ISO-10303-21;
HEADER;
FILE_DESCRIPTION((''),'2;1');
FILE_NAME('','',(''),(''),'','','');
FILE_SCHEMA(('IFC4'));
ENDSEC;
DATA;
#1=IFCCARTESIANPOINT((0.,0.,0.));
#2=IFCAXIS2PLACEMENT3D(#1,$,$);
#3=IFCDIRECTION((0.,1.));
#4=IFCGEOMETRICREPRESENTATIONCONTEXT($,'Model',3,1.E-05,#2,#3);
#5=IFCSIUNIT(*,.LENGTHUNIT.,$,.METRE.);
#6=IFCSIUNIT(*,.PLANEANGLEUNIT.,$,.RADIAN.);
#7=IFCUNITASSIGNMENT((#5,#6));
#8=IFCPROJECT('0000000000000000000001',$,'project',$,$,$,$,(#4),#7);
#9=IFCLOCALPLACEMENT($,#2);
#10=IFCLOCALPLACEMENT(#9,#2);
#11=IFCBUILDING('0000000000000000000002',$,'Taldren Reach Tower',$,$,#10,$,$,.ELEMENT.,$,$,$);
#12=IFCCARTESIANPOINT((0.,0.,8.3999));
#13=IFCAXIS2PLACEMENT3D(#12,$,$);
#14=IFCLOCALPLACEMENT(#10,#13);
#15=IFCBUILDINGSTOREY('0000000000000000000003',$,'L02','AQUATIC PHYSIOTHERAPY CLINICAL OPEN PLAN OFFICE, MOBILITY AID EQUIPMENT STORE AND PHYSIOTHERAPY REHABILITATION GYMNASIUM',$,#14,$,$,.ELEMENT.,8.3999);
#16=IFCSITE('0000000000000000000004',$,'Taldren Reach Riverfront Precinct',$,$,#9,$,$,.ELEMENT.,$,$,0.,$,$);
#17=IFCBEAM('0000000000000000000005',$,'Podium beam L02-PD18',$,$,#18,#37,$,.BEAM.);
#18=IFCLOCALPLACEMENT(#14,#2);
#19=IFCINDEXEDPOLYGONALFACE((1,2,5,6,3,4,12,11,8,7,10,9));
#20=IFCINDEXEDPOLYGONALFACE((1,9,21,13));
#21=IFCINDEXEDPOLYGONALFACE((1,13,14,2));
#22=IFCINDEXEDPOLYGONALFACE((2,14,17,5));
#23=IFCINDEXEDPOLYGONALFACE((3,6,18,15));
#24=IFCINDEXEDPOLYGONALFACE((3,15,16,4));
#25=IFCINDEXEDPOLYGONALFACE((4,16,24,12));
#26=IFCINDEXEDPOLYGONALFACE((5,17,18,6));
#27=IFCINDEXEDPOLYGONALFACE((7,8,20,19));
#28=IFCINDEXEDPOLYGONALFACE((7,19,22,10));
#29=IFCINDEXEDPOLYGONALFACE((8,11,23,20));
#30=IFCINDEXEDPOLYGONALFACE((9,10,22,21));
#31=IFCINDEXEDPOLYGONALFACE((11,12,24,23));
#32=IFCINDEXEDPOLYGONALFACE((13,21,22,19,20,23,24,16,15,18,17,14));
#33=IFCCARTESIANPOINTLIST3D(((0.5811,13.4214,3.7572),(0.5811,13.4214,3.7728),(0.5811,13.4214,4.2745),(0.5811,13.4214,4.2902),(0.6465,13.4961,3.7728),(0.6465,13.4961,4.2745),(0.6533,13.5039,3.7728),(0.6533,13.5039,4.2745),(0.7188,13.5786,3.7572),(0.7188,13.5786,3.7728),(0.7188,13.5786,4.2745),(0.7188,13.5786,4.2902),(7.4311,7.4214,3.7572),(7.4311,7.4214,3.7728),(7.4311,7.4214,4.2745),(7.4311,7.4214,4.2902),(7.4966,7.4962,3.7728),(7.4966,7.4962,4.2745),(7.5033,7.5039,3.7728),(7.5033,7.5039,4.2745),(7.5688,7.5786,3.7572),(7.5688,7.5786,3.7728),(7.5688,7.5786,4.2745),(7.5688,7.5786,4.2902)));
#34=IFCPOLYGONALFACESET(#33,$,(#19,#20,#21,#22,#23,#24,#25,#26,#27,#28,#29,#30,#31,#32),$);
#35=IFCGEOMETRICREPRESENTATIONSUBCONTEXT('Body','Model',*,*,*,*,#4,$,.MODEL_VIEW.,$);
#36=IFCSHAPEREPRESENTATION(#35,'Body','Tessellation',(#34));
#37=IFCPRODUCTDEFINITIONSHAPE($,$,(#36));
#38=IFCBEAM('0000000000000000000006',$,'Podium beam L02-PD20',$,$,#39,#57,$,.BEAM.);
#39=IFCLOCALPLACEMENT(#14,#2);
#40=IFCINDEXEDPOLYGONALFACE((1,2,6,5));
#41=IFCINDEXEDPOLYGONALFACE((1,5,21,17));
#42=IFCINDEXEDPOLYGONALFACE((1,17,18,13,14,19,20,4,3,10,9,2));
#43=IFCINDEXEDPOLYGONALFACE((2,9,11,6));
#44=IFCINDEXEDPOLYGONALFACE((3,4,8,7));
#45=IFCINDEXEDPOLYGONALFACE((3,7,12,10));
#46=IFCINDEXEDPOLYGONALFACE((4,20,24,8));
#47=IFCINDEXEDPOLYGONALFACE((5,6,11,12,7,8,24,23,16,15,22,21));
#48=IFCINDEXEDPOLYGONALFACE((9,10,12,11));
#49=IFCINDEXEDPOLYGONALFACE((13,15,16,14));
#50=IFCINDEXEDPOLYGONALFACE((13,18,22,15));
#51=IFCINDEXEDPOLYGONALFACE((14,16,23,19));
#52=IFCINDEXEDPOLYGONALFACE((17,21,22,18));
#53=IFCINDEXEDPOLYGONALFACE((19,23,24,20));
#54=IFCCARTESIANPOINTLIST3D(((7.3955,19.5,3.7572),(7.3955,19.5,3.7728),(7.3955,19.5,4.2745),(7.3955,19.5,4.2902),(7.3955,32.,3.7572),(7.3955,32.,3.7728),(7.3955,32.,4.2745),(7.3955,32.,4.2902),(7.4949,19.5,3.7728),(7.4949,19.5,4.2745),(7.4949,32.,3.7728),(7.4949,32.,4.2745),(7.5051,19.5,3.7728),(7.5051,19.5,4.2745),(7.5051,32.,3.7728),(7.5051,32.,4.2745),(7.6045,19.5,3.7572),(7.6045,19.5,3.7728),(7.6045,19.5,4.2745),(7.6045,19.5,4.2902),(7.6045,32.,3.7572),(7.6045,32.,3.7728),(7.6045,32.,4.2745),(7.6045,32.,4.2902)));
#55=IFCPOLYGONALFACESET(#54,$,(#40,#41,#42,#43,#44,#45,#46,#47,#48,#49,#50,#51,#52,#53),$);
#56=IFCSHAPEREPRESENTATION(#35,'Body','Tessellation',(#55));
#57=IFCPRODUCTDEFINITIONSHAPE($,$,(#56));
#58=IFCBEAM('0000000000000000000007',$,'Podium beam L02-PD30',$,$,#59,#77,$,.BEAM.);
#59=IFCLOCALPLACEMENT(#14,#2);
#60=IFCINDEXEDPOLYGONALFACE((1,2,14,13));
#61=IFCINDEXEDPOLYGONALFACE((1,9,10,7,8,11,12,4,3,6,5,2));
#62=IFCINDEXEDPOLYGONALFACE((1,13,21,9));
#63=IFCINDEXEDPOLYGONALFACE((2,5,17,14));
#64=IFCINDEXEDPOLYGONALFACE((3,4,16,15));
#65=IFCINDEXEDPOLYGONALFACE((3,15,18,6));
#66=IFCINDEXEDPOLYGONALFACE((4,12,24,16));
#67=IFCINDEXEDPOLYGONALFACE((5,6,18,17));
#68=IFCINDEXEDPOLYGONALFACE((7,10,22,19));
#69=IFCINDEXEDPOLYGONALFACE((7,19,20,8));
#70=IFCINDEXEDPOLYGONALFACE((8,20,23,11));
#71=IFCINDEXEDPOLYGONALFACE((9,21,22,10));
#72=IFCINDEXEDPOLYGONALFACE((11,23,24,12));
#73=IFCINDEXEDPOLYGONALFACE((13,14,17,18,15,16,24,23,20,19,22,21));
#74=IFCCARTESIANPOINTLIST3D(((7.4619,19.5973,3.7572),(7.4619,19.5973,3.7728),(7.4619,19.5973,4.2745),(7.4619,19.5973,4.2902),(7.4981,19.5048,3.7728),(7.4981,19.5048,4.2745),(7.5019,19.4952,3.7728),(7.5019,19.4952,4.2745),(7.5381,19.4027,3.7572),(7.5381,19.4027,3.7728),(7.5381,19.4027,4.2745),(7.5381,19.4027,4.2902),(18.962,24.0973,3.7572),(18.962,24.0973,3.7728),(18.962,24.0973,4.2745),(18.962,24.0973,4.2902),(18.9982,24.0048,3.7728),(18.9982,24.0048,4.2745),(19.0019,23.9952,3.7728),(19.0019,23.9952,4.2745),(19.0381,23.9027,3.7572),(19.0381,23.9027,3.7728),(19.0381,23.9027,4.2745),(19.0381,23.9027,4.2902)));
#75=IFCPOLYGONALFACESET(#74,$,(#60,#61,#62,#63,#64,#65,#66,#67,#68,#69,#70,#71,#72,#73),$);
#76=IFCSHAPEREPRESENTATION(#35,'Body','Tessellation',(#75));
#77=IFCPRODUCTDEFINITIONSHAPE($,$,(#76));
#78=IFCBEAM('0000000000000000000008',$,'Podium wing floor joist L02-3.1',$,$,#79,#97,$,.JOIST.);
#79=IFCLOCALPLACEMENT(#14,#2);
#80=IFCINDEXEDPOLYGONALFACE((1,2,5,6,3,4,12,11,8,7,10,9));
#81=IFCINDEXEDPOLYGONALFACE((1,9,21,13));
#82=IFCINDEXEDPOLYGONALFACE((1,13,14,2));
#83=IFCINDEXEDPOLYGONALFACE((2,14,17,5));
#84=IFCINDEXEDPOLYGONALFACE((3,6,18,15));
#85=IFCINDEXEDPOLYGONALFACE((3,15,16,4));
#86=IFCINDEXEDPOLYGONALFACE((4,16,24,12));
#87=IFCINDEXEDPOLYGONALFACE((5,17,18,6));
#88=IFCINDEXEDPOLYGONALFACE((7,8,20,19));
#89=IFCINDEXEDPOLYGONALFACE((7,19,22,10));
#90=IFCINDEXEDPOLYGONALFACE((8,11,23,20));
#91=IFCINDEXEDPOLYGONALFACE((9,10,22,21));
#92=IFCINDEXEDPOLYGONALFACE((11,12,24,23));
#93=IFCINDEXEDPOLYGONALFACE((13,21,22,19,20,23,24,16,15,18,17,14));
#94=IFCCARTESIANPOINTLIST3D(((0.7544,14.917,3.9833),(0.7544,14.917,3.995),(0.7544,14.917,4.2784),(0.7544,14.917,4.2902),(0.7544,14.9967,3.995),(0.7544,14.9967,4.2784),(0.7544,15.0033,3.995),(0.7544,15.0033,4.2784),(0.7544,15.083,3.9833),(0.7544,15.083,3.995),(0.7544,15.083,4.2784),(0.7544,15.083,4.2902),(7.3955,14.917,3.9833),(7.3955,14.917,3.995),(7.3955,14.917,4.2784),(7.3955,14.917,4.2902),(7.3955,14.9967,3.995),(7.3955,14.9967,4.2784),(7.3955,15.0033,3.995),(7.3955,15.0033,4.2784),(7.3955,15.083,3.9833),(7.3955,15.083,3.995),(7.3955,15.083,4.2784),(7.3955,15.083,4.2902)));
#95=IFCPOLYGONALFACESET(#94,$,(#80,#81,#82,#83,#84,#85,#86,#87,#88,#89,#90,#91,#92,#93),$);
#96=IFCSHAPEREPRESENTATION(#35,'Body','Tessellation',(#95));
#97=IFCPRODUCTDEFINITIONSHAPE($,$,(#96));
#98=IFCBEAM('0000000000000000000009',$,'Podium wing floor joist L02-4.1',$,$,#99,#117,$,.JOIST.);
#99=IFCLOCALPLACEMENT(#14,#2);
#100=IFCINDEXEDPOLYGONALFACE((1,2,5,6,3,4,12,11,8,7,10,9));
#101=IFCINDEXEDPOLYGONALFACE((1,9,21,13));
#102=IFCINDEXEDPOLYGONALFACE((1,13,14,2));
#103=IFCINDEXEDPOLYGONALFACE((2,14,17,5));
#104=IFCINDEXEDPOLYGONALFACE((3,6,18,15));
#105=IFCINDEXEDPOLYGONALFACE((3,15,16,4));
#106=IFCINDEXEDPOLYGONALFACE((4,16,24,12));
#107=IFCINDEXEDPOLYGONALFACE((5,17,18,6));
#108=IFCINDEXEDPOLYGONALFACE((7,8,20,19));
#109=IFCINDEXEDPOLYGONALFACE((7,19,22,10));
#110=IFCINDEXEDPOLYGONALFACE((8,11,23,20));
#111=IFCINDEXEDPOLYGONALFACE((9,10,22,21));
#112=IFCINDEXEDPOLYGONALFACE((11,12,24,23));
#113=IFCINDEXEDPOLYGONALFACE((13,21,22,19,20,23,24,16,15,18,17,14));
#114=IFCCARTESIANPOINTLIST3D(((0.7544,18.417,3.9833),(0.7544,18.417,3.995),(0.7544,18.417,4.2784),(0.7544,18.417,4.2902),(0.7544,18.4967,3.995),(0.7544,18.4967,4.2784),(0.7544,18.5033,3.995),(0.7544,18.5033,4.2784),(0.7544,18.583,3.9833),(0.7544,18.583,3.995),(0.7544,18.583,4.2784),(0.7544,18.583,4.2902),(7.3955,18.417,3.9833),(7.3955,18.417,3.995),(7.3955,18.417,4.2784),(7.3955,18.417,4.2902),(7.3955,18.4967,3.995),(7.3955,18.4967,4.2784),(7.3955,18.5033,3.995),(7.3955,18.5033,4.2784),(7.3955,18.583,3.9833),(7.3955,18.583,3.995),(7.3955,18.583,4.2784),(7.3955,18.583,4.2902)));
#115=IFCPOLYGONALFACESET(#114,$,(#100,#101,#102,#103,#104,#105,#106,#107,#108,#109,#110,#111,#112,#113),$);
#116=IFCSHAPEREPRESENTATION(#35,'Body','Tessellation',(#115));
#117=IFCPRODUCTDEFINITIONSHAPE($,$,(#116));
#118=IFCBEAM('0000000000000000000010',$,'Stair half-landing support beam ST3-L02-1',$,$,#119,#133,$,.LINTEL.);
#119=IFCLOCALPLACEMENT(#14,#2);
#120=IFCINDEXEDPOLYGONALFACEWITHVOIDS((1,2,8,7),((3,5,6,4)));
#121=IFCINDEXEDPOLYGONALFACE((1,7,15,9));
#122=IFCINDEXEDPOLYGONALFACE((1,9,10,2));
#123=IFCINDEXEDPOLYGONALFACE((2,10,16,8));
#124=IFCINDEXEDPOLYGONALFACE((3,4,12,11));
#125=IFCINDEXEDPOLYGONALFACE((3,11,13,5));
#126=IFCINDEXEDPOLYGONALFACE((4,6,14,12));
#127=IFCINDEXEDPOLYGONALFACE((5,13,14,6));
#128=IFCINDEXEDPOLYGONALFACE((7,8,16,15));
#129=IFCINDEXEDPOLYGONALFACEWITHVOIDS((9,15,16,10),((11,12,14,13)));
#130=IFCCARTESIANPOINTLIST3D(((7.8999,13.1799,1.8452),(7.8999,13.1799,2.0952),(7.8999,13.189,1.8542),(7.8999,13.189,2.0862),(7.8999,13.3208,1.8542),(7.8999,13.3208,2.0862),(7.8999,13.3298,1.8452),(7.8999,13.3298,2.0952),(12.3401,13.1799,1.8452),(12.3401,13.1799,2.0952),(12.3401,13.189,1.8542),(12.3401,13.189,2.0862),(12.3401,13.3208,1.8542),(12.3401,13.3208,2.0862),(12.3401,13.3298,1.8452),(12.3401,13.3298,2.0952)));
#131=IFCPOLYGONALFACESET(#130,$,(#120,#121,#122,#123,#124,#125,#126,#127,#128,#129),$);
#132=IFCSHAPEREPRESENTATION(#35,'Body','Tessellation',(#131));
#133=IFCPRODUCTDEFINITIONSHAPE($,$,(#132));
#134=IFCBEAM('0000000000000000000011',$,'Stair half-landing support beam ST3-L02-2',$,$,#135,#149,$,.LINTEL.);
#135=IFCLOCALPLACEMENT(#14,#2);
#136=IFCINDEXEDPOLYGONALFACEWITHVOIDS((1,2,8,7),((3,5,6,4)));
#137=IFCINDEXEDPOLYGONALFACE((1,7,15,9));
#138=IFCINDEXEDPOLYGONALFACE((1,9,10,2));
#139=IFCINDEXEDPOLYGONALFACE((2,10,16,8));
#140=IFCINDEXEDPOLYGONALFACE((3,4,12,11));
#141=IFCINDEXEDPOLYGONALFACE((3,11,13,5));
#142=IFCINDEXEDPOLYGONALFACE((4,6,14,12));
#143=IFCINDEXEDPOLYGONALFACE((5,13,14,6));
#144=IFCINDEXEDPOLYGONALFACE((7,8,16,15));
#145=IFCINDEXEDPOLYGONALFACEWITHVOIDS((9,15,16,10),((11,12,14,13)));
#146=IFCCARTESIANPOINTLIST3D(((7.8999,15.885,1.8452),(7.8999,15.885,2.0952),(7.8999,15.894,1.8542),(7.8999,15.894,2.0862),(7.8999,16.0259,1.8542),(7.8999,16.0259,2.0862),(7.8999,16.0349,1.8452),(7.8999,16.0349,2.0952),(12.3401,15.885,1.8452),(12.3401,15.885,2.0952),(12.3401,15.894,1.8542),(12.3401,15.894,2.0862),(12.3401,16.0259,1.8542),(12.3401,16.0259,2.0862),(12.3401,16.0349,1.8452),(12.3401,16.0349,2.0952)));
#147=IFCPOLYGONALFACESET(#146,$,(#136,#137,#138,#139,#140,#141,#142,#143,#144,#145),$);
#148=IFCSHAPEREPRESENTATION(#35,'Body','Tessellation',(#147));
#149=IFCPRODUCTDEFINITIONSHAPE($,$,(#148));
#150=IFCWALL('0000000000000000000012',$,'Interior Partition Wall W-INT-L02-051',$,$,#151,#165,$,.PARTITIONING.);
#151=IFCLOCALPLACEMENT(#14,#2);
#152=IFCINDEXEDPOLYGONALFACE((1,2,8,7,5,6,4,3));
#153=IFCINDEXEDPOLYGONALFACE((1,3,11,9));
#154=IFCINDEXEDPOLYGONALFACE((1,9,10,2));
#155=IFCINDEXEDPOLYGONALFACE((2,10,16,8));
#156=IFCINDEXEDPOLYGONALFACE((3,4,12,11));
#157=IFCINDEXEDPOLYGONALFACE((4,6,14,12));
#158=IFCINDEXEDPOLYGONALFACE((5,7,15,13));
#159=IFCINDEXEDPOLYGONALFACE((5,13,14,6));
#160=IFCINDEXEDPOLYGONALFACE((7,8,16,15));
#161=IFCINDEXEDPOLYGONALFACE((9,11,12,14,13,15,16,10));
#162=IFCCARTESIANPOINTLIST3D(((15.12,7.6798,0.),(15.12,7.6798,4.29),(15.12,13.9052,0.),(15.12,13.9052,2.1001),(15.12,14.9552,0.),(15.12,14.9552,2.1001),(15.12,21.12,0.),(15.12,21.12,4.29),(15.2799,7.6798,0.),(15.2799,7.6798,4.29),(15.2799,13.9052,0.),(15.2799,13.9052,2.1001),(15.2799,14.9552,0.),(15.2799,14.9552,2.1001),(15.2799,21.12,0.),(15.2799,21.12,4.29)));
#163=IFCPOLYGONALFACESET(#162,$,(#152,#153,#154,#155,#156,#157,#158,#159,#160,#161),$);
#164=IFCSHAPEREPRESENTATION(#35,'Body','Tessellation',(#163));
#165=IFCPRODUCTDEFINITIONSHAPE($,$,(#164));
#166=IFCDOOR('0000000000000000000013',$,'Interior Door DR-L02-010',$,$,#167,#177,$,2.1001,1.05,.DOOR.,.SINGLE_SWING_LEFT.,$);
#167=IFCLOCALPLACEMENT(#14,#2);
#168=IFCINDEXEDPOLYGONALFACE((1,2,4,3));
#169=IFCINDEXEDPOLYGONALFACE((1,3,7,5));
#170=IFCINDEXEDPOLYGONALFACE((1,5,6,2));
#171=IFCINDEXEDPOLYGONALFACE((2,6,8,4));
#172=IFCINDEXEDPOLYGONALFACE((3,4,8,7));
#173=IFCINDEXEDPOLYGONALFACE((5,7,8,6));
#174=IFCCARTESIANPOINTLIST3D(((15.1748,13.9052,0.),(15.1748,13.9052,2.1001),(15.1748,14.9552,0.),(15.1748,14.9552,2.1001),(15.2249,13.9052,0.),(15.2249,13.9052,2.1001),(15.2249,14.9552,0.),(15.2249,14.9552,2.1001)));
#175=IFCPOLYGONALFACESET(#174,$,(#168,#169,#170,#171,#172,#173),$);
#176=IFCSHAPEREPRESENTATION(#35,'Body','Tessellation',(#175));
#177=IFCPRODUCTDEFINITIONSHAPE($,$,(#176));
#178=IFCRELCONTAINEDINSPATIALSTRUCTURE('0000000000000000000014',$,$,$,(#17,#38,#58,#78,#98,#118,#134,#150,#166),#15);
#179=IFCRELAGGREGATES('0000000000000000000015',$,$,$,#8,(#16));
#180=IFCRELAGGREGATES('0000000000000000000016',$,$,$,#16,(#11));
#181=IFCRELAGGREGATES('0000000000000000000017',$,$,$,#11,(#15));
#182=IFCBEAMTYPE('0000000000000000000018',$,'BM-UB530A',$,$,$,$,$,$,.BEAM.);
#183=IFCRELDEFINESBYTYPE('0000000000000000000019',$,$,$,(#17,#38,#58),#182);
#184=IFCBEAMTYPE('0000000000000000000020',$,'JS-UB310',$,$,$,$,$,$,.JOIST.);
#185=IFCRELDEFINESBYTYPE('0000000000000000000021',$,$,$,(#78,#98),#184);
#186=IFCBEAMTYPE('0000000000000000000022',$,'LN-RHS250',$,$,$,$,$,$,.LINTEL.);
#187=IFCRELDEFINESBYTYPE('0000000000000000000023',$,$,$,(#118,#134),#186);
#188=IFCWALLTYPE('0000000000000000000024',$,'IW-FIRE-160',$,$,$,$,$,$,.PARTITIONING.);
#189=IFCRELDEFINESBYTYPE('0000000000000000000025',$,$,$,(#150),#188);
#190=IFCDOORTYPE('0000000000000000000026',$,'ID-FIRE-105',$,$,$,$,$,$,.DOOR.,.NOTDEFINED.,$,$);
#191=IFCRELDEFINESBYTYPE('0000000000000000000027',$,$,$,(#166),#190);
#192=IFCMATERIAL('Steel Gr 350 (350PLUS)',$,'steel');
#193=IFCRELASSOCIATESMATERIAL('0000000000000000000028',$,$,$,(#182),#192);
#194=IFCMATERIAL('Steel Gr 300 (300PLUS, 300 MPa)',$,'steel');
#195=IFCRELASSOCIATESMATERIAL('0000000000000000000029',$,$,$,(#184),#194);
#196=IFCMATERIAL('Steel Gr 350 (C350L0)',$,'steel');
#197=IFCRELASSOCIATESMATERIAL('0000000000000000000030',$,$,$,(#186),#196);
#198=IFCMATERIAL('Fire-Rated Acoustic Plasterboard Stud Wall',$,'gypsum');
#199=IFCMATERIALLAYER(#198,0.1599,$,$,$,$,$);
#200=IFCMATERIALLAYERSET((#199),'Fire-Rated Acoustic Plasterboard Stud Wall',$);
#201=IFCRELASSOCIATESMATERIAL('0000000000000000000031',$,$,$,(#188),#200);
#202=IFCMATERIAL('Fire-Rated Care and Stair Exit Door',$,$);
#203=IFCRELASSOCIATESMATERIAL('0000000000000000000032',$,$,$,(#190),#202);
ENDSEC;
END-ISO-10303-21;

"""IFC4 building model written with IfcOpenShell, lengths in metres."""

from ifc_helpers import new_model, si_unit, direction, frame, frame_2d, origin, origin_2d, place, context, subcontext, project, spatial, rectangle, hollow_rectangle, i_section, extrude, source, transform, mapped, material, layer, layer_set, material_profile, profile_set, type_object, element, fill, save


model = new_model("IFC4")

# Units and contexts
model_context = context("Model", 3, precision=1e-05, world=origin(), true_north=direction((0.0, 1.0)))
body_context = subcontext(model_context, "Body", "Model", "MODEL_VIEW")
ifc_project = project(units=[si_unit("LENGTHUNIT", "METRE"), si_unit("PLANEANGLEUNIT", "RADIAN")], contexts=[model_context])

# Site, building, storey
site_placement = place(None, origin())
site = spatial("IfcSite", under=ifc_project, at=site_placement, Name="Taldren Reach Riverfront Precinct", CompositionType="ELEMENT", RefElevation=0.0)
building_placement = place(site_placement, origin())
building = spatial("IfcBuilding", under=site, at=building_placement, Name="Taldren Reach Tower", CompositionType="ELEMENT")
storey_placement = place(building_placement, frame((0.0, 0.0, 8.3999)))
storey = spatial("IfcBuildingStorey", under=building, at=storey_placement, Name="L02", Description="AQUATIC PHYSIOTHERAPY CLINICAL OPEN PLAN OFFICE, MOBILITY AID EQUIPMENT STORE AND PHYSIOTHERAPY REHABILITATION GYMNASIUM", CompositionType="ELEMENT", Elevation=8.3999)

# Shared definitions
ifc_material_1 = material(Name="Steel Gr 350 (350PLUS)", Category="steel")
ifc_material_2 = material(Name="Steel Gr 350 (C350L0)", Category="steel")

# Beams
ifc_material_profile_1 = material_profile(ifc_material_1, i_section(OverallWidth=0.209, OverallDepth=0.533, WebThickness=0.0103, FlangeThickness=0.0156, at=origin_2d()), Name="530UB92.4")
ifc_profile_set_1 = profile_set([ifc_material_profile_1], Name="Steel Gr 350 (350PLUS)")
beam_type_1 = type_object("IfcBeamType", Name="BM-UB530A", PredefinedType="BEAM", material=ifc_profile_set_1)
shared_shape_1 = source(origin(), body_context, "Body", "SweptSolid", [
    extrude(i_section(OverallWidth=0.209, OverallDepth=0.533, WebThickness=0.0103, FlangeThickness=0.0156, at=origin_2d()), origin(), (0.0, 0.0, 1.0), 9.1062),
])
beam_1_placement = place(storey_placement, frame((0.6499, 13.5, 4.0237), z_axis=(0.752241, -0.658888, 0.0), x_axis=(0.658888, 0.752241, 0.0)))
element("IfcBeam", 1, at=beam_1_placement, inside=storey, type_object=beam_type_1, Name="Podium beam L02-PD18", PredefinedType="BEAM", context=body_context, shape_type="MappedRepresentation", body=[
    mapped(shared_shape_1, transform((0.0, 0.0, 0.0), scale=1.0)),
])
shared_shape_2 = source(origin(), body_context, "Body", "SweptSolid", [
    extrude(i_section(OverallWidth=0.209, OverallDepth=0.533, WebThickness=0.0103, FlangeThickness=0.0156, at=origin_2d()), origin(), (0.0, 0.0, 1.0), 12.5),
])
beam_2_placement = place(storey_placement, frame((7.5, 19.5, 4.0237), z_axis=(0.0, 1.0, 0.0), x_axis=(-1.0, 0.0, 0.0)))
element("IfcBeam", 2, at=beam_2_placement, inside=storey, type_object=beam_type_1, Name="Podium beam L02-PD20", PredefinedType="BEAM", context=body_context, shape_type="MappedRepresentation", body=[
    mapped(shared_shape_2, transform((0.0, 0.0, 0.0), scale=1.0)),
])
shared_shape_3 = source(origin(), body_context, "Body", "SweptSolid", [
    extrude(i_section(OverallWidth=0.209, OverallDepth=0.533, WebThickness=0.0103, FlangeThickness=0.0156, at=origin_2d()), origin(), (0.0, 0.0, 1.0), 12.3491),
])
beam_3_placement = place(storey_placement, frame((7.5, 19.5, 4.0237), z_axis=(0.931243, 0.364399, 0.0), x_axis=(-0.364399, 0.931243, 0.0)))
element("IfcBeam", 3, at=beam_3_placement, inside=storey, type_object=beam_type_1, Name="Podium beam L02-PD30", PredefinedType="BEAM", context=body_context, shape_type="MappedRepresentation", body=[
    mapped(shared_shape_3, transform((0.0, 0.0, 0.0), scale=1.0)),
])
ifc_material_3 = material(Name="Steel Gr 300 (300PLUS, 300 MPa)", Category="steel")
ifc_material_profile_2 = material_profile(ifc_material_3, i_section(OverallWidth=0.166, OverallDepth=0.3069, WebThickness=0.0066, FlangeThickness=0.0117, at=origin_2d()), Name="310UB46.2")
ifc_profile_set_2 = profile_set([ifc_material_profile_2], Name="Steel Gr 300 (300PLUS, 300 MPa)")
beam_type_2 = type_object("IfcBeamType", Name="JS-UB310", PredefinedType="JOIST", material=ifc_profile_set_2)
shared_shape_4 = source(origin(), body_context, "Body", "SweptSolid", [
    extrude(i_section(OverallWidth=0.166, OverallDepth=0.3069, WebThickness=0.0066, FlangeThickness=0.0117, at=origin_2d()), origin(), (0.0, 0.0, 1.0), 6.6411),
])
for number, where, z_axis, x_axis, name in (
    (4, (0.7544, 15.0, 4.1367), (1.0, 0.0, 0.0), (0.0, 1.0, 0.0), "Podium wing floor joist L02-3.1"),
    (5, (0.7544, 18.5, 4.1367), (1.0, 0.0, 0.0), (0.0, 1.0, 0.0), "Podium wing floor joist L02-4.1"),
):
    element("IfcBeam", number, at=place(storey_placement, frame(where, z_axis=z_axis, x_axis=x_axis)), inside=storey, type_object=beam_type_2, Name=name, PredefinedType="JOIST", context=body_context, shape_type="MappedRepresentation", body=[
        mapped(shared_shape_4, transform((0.0, 0.0, 0.0), scale=1.0)),
    ])
ifc_material_profile_3 = material_profile(ifc_material_2, hollow_rectangle(XDim=0.1499, YDim=0.25, WallThickness=0.009, at=origin_2d()), Name="250x150x9.0RHS")
ifc_profile_set_3 = profile_set([ifc_material_profile_3], Name="Steel Gr 350 (C350L0)")
beam_type_3 = type_object("IfcBeamType", Name="LN-RHS250", PredefinedType="LINTEL", material=ifc_profile_set_3)
shared_shape_5 = source(origin(), body_context, "Body", "SweptSolid", [
    extrude(hollow_rectangle(XDim=0.1499, YDim=0.25, WallThickness=0.009, at=origin_2d()), origin(), (0.0, 0.0, 1.0), 4.4402),
])
for number, where, z_axis, x_axis, name in (
    (6, (7.8999, 13.2549, 1.9702), (1.0, 0.0, 0.0), (0.0, 1.0, 0.0), "Stair half-landing support beam ST3-L02-1"),
    (7, (7.8999, 15.96, 1.9702), (1.0, 0.0, 0.0), (0.0, 1.0, 0.0), "Stair half-landing support beam ST3-L02-2"),
):
    element("IfcBeam", number, at=place(storey_placement, frame(where, z_axis=z_axis, x_axis=x_axis)), inside=storey, type_object=beam_type_3, Name=name, PredefinedType="LINTEL", context=body_context, shape_type="MappedRepresentation", body=[
        mapped(shared_shape_5, transform((0.0, 0.0, 0.0), scale=1.0)),
    ])

# Wall, opening, door
ifc_material_4 = material(Name="Fire-Rated Acoustic Plasterboard Stud Wall", Category="gypsum")
ifc_layer_1 = layer(ifc_material_4, 0.1599)
ifc_layer_set_1 = layer_set([ifc_layer_1], Name="Fire-Rated Acoustic Plasterboard Stud Wall")
wall_type_1 = type_object("IfcWallType", Name="IW-FIRE-160", PredefinedType="PARTITIONING", material=ifc_layer_set_1)
shared_shape_6 = source(origin(), body_context, "Body", "SweptSolid", [
    extrude(rectangle(XDim=13.4402, YDim=0.1599, at=frame_2d((6.7202, 0.0))), origin(), (0.0, 0.0, 1.0), 4.29),
])
wall_1_placement = place(storey_placement, frame((15.2, 21.1201, 0.0), z_axis=(0.0, 0.0, 1.0), x_axis=(0.0, -1.0, 0.0)))
wall_1 = element("IfcWall", 8, at=wall_1_placement, inside=storey, type_object=wall_type_1, Name="Interior Partition Wall W-INT-L02-051", PredefinedType="PARTITIONING", context=body_context, shape_type="MappedRepresentation", body=[
    mapped(shared_shape_6, transform((0.0, 0.0, 0.0), scale=1.0)),
])
shared_shape_7 = source(origin(), body_context, "Body", "SweptSolid", [
    extrude(rectangle(XDim=1.05, YDim=2.1001, at=frame_2d((0.5249, 1.05))), frame((0.0, 0.0898, 0.0), z_axis=(0.0, -1.0, 0.0), x_axis=(1.0, 0.0, 0.0)), (0.0, 0.0, 1.0), 0.1799),
])
opening_1_placement = place(wall_1_placement, frame((6.165, 0.0, 0.0)))
opening_1 = element("IfcOpeningElement", 9, at=opening_1_placement, cuts=wall_1, PredefinedType="OPENING", context=body_context, shape_type="MappedRepresentation", body=[
    mapped(shared_shape_7, transform((0.0, 0.0, 0.0), scale=1.0)),
])
ifc_material_5 = material(Name="Fire-Rated Care and Stair Exit Door")
door_type = type_object("IfcDoorType", Name="ID-FIRE-105", OperationType="NOTDEFINED", PredefinedType="DOOR", material=ifc_material_5)
shared_shape_8 = source(origin(), body_context, "Body", "SweptSolid", [
    extrude(rectangle(XDim=1.05, YDim=2.1001, at=frame_2d((0.5249, 1.05))), frame((0.0, 0.0249, 0.0), z_axis=(0.0, -1.0, 0.0), x_axis=(1.0, 0.0, 0.0)), (0.0, 0.0, 1.0), 0.05),
])
door_1_placement = place(opening_1_placement, origin())
door_1 = element("IfcDoor", 10, at=door_1_placement, inside=storey, type_object=door_type, Name="Interior Door DR-L02-010", OperationType="SINGLE_SWING_LEFT", OverallHeight=2.1001, OverallWidth=1.05, PredefinedType="DOOR", context=body_context, shape_type="MappedRepresentation", body=[
    mapped(shared_shape_8, transform((0.0, 0.0, 0.0), scale=1.0)),
])
fill(opening_1, door_1)

save(model, "model.ifc")
